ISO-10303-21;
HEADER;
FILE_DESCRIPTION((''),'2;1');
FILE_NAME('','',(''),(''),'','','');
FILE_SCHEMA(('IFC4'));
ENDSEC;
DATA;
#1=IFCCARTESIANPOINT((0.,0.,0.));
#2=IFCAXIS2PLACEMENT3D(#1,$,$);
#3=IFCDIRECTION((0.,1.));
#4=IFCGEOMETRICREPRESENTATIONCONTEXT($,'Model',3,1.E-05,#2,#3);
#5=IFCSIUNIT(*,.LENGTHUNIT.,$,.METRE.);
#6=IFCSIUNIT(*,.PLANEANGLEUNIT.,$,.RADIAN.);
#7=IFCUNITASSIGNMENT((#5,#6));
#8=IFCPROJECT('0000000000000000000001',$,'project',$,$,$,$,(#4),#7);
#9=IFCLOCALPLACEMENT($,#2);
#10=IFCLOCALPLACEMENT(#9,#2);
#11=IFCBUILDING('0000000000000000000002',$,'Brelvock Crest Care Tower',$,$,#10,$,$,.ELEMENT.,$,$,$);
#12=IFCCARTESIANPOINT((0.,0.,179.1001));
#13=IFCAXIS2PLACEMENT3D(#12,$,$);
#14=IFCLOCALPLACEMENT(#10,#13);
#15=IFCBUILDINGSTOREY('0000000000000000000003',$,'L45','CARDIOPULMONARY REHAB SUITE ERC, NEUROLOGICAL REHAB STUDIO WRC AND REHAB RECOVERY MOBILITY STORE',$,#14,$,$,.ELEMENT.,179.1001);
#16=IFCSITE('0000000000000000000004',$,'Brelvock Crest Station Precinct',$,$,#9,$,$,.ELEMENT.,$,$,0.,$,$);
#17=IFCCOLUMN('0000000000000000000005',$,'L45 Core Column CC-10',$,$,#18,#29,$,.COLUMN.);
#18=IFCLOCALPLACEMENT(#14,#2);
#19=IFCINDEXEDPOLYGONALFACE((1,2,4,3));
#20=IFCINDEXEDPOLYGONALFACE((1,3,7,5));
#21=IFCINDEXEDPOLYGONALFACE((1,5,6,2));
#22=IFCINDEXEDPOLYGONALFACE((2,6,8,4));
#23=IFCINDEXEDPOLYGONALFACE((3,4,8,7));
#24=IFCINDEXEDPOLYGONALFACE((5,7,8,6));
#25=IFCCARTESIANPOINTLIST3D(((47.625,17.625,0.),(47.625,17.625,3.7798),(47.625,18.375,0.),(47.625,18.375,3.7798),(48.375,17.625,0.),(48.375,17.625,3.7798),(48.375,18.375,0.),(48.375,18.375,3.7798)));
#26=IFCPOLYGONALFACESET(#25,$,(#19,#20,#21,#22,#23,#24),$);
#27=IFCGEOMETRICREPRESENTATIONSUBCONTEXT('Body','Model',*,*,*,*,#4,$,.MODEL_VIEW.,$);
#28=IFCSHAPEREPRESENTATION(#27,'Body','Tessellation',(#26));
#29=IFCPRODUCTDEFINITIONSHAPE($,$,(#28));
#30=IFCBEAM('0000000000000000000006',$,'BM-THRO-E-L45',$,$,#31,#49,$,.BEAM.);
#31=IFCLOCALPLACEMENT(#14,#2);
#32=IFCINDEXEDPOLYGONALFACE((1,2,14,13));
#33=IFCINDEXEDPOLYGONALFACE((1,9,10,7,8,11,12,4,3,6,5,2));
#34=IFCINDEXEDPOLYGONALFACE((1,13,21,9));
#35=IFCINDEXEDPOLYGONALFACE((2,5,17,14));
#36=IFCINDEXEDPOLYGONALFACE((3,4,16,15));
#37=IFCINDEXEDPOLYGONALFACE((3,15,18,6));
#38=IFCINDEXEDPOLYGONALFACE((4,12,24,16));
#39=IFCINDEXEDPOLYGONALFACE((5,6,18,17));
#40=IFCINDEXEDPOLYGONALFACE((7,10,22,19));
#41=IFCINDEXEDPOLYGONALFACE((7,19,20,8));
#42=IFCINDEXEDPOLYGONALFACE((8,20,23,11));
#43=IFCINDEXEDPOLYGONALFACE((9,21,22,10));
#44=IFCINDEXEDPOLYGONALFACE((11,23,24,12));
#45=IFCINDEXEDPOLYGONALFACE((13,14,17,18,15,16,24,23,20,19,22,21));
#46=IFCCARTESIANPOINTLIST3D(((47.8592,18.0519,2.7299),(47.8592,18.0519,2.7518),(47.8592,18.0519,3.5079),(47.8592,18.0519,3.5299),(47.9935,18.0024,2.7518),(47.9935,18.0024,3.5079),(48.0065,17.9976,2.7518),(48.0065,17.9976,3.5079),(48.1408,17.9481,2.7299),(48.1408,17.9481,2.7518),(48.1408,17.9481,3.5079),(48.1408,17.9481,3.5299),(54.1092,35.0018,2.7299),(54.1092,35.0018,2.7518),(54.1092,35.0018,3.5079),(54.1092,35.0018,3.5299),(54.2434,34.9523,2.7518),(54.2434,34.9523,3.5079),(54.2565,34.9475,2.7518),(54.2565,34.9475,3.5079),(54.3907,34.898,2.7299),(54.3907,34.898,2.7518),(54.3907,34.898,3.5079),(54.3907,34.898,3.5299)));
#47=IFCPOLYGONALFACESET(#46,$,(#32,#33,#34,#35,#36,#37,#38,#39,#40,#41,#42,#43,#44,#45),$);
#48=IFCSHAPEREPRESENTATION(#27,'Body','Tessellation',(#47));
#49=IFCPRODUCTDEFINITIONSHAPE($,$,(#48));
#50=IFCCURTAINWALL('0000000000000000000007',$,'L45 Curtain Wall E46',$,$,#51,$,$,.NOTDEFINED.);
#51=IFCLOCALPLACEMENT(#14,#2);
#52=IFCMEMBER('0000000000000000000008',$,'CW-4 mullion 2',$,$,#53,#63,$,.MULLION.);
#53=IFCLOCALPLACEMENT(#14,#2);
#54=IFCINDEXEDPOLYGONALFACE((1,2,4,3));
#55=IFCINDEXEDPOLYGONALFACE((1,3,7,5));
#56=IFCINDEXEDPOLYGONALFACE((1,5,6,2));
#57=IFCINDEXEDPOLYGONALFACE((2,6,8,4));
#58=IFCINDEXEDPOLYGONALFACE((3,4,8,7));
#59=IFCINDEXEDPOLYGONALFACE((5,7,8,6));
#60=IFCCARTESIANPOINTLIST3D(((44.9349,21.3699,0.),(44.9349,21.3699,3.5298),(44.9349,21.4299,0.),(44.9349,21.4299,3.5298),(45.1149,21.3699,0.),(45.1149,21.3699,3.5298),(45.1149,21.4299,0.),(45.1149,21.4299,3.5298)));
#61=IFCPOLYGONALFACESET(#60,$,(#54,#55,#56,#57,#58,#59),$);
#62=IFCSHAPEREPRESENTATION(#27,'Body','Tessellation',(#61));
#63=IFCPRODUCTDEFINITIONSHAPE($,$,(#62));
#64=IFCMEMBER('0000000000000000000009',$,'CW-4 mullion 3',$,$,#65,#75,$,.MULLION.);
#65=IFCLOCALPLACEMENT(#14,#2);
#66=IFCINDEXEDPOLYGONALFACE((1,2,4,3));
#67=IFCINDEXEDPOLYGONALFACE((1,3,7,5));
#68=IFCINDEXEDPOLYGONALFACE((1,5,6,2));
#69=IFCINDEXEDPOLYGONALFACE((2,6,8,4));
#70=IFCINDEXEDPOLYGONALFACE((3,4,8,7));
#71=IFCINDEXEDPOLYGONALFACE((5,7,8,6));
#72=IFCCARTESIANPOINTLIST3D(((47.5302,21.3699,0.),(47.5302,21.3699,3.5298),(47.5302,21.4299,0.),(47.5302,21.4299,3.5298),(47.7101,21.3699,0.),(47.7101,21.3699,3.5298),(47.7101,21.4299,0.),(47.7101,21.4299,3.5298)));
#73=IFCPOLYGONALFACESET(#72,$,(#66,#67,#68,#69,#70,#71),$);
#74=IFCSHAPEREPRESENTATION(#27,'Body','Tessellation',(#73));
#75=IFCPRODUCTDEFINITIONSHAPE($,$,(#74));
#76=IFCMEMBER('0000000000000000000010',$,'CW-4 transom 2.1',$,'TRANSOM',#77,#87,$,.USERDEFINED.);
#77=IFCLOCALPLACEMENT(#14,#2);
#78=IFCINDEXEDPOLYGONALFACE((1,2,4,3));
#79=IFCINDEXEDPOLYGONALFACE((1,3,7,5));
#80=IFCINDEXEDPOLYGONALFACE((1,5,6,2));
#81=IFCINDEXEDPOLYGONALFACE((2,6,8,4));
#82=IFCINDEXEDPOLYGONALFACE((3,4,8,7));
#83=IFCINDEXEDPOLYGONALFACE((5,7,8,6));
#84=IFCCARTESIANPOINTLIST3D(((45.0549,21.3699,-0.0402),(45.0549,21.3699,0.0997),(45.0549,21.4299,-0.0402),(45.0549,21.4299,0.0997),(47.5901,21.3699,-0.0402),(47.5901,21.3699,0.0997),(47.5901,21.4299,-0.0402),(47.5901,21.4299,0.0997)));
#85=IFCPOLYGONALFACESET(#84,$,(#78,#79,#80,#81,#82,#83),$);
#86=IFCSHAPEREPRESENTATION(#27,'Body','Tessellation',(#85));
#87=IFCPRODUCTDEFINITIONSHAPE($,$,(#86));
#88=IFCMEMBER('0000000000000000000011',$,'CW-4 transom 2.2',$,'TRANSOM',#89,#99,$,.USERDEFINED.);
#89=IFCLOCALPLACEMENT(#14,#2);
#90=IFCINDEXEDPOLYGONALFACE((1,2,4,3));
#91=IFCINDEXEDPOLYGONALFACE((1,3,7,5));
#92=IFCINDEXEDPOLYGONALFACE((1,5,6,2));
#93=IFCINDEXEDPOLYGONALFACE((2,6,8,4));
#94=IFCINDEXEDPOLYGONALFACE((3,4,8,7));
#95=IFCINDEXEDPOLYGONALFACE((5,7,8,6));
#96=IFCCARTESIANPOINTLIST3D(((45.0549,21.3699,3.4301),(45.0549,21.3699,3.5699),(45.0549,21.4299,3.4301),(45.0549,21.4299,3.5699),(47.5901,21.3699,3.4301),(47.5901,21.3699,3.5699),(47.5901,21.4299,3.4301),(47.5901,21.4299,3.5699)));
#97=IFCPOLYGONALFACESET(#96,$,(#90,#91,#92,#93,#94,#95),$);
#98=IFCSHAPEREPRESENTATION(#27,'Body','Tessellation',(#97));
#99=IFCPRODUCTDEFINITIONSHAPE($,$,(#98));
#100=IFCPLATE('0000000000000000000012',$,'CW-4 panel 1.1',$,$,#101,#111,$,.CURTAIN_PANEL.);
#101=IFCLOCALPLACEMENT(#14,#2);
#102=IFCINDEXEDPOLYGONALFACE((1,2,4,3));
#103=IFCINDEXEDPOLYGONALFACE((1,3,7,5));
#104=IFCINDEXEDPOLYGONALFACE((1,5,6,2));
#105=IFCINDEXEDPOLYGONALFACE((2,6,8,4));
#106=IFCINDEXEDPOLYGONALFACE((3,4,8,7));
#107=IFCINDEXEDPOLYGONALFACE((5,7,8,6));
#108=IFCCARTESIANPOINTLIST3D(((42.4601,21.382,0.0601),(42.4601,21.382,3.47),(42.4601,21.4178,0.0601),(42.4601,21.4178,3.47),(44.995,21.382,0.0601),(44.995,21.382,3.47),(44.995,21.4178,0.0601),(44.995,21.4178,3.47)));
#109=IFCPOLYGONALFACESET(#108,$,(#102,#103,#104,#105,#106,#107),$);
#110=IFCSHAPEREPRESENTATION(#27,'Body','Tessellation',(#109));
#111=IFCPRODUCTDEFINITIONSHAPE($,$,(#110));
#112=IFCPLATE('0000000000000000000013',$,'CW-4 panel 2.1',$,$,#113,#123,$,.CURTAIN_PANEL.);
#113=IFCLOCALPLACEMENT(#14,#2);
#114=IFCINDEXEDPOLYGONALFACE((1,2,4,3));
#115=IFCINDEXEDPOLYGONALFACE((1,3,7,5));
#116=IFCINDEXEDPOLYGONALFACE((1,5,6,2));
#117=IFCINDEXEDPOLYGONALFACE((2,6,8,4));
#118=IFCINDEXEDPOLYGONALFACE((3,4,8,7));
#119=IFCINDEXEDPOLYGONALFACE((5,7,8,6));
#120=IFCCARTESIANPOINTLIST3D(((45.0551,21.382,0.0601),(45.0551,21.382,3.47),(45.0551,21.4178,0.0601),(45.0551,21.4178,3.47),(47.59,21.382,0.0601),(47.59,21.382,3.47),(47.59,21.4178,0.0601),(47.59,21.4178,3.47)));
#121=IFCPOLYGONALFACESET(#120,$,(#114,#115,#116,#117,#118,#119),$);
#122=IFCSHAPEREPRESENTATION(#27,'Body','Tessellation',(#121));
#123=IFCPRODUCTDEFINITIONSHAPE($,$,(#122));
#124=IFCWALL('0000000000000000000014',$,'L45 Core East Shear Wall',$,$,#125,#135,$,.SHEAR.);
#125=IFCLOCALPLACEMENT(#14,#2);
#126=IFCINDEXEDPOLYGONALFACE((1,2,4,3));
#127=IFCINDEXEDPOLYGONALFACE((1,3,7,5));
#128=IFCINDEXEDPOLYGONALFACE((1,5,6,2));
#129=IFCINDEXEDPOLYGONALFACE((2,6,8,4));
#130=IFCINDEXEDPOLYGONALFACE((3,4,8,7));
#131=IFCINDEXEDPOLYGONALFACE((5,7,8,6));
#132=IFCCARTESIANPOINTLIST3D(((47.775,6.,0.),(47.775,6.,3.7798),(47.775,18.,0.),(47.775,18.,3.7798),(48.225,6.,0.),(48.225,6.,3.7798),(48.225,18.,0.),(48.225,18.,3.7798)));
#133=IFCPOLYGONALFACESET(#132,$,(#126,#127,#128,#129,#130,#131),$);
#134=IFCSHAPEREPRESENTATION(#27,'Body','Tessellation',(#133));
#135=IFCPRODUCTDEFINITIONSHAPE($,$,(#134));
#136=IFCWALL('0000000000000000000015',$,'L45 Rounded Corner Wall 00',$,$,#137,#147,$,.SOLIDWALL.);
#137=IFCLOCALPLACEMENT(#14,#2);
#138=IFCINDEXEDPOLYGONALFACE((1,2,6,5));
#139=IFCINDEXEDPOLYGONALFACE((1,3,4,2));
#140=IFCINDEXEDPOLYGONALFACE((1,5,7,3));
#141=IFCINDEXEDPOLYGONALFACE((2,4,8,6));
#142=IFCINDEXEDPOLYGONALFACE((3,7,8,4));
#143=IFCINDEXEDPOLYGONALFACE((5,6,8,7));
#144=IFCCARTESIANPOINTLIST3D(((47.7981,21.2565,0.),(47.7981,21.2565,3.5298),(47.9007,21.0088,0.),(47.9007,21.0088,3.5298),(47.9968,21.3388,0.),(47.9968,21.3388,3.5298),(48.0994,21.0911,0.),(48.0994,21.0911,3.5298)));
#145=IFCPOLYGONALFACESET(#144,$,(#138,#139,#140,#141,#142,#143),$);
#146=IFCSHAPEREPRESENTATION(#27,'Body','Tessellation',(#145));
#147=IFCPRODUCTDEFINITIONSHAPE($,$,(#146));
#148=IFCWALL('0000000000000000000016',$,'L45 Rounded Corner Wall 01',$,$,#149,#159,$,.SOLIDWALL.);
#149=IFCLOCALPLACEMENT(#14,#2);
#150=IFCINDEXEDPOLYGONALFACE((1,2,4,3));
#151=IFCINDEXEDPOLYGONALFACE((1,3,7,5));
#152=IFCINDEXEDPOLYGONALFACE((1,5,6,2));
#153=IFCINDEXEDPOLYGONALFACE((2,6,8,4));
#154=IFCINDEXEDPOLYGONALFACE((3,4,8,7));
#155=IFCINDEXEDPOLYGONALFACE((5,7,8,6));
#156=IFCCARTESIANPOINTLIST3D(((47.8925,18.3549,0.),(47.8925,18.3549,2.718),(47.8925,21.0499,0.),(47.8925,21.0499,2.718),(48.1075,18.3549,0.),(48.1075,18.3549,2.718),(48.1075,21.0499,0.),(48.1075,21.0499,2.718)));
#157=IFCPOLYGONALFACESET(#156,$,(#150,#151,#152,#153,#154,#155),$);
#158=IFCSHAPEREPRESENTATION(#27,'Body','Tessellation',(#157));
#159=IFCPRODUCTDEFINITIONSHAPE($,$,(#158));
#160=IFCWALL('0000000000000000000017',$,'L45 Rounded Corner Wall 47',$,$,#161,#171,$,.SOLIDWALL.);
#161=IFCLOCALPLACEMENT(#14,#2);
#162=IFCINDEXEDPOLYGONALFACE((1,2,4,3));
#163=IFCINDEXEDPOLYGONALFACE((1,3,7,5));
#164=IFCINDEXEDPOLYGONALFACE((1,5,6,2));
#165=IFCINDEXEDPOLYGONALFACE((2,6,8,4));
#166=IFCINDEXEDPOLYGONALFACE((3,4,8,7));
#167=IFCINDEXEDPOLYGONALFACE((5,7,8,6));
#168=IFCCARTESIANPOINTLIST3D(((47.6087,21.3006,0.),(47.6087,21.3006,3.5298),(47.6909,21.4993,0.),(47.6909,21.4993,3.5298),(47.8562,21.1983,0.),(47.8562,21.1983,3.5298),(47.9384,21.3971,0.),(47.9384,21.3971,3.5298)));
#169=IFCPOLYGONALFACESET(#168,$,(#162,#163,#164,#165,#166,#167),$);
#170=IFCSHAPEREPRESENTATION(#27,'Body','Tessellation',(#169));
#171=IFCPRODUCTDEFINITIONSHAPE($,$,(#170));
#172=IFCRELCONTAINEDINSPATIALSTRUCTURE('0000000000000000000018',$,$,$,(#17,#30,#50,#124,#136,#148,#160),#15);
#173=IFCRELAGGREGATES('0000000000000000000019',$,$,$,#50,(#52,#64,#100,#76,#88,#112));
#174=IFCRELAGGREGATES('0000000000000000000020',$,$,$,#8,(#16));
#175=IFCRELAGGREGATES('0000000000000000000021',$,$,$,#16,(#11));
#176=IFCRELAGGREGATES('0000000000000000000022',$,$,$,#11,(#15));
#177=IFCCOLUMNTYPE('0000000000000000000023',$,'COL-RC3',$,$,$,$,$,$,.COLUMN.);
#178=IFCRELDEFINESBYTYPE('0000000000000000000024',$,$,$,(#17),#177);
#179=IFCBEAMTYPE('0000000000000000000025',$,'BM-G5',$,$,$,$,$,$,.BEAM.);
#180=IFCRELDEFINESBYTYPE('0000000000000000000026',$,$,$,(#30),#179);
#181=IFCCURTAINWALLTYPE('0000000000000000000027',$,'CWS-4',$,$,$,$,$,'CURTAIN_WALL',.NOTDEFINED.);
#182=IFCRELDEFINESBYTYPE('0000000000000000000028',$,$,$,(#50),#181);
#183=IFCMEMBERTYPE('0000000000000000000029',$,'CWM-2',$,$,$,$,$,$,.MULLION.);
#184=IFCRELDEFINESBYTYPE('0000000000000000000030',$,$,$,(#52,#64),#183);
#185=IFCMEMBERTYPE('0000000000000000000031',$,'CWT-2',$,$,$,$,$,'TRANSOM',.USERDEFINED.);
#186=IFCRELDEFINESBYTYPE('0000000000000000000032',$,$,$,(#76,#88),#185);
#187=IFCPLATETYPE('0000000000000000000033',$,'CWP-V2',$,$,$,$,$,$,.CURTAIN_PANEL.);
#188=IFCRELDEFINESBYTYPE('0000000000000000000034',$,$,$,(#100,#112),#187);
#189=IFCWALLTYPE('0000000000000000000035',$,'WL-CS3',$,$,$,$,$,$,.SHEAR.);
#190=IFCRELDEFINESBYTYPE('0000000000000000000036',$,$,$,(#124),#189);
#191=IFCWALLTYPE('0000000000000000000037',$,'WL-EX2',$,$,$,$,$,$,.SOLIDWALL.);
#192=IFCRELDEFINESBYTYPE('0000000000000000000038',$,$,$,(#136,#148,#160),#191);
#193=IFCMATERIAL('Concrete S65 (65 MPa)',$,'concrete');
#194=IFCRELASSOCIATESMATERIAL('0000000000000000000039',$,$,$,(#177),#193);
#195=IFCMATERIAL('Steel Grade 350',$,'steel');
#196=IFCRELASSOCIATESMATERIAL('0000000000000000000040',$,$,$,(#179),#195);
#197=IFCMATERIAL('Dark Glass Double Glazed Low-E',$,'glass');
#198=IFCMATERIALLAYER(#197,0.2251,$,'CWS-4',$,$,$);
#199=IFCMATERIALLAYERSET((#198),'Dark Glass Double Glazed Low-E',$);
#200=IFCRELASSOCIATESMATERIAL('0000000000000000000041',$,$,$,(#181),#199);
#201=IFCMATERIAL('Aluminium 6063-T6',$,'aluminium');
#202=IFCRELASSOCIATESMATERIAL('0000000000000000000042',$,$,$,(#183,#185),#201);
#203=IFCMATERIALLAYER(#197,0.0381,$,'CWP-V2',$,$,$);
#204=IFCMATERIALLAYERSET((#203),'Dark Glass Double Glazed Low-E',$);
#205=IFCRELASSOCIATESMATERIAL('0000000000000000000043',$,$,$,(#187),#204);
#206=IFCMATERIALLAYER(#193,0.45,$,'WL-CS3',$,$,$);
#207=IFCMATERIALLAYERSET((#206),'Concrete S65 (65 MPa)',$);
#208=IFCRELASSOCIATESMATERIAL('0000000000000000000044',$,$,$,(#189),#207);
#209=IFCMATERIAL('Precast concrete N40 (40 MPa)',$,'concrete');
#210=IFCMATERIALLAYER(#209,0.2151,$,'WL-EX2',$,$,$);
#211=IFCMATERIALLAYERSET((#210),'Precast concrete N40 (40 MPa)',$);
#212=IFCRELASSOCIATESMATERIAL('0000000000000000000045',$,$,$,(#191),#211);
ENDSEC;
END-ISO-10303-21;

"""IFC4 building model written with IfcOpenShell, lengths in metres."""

from ifc_helpers import new_model, si_unit, direction, frame, frame_2d, origin, origin_2d, place, context, subcontext, project, spatial, rectangle, i_section, extrude, source, transform, mapped, material, layer, layer_set, material_profile, profile_set, type_object, element, aggregate, save


model = new_model("IFC4")

# Units and contexts
model_context = context("Model", 3, precision=1e-05, world=origin(), true_north=direction((0.0, 1.0)))
body_context = subcontext(model_context, "Body", "Model", "MODEL_VIEW")
ifc_project = project(units=[si_unit("LENGTHUNIT", "METRE"), si_unit("PLANEANGLEUNIT", "RADIAN")], contexts=[model_context])

# Site, building, storey
site_placement = place(None, origin())
site = spatial("IfcSite", under=ifc_project, at=site_placement, Name="Brelvock Crest Station Precinct", CompositionType="ELEMENT", RefElevation=0.0)
building_placement = place(site_placement, origin())
building = spatial("IfcBuilding", under=site, at=building_placement, Name="Brelvock Crest Care Tower", CompositionType="ELEMENT")
storey_placement = place(building_placement, frame((0.0, 0.0, 179.1001)))
storey = spatial("IfcBuildingStorey", under=building, at=storey_placement, Name="L45", Description="CARDIOPULMONARY REHAB SUITE ERC, NEUROLOGICAL REHAB STUDIO WRC AND REHAB RECOVERY MOBILITY STORE", CompositionType="ELEMENT", Elevation=179.1001)

# Column
ifc_material_1 = material(Name="Concrete S65 (65 MPa)", Category="concrete")
ifc_material_profile_1 = material_profile(ifc_material_1, rectangle(XDim=0.75, YDim=0.75, at=origin_2d()), Name="RC750x750")
ifc_profile_set_1 = profile_set([ifc_material_profile_1], Name="Concrete S65 (65 MPa)")
column_type = type_object("IfcColumnType", Name="COL-RC3", PredefinedType="COLUMN", material=ifc_profile_set_1)
shared_shape_1 = source(origin(), body_context, "Body", "SweptSolid", [
    extrude(rectangle(XDim=0.75, YDim=0.75, at=origin_2d()), origin(), (0.0, 0.0, 1.0), 3.7798),
])
column_placement = place(storey_placement, frame((48.0, 18.0, 0.0), z_axis=(0.0, 0.0, 1.0), x_axis=(1.0, 0.0, 0.0)))
element("IfcColumn", 1, at=column_placement, inside=storey, type_object=column_type, Name="L45 Core Column CC-10", PredefinedType="COLUMN", context=body_context, shape_type="MappedRepresentation", body=[
    mapped(shared_shape_1, transform((0.0, 0.0, 0.0), x_axis=(1.0, 0.0, 0.0), y_axis=(0.0, 1.0, 0.0), z_axis=(0.0, 0.0, 1.0), scale=1.0)),
])

# Beam
ifc_material_2 = material(Name="Steel Grade 350", Category="steel")
ifc_material_profile_2 = material_profile(ifc_material_2, i_section(OverallWidth=0.3, OverallDepth=0.8, WebThickness=0.0139, FlangeThickness=0.022, at=origin_2d()), Name="800WB192")
ifc_profile_set_2 = profile_set([ifc_material_profile_2], Name="Steel Grade 350")
beam_type = type_object("IfcBeamType", Name="BM-G5", PredefinedType="BEAM", material=ifc_profile_set_2)
shared_shape_2 = source(origin(), body_context, "Body", "SweptSolid", [
    extrude(i_section(OverallWidth=0.3, OverallDepth=0.8, WebThickness=0.0139, FlangeThickness=0.022, at=origin_2d()), origin(), (0.0, 0.0, 1.0), 18.0654),
])
beam_placement = place(storey_placement, frame((48.0, 18.0, 3.1299), z_axis=(0.345963, 0.938248, 0.0), x_axis=(-0.938248, 0.345963, 0.0)))
element("IfcBeam", 2, at=beam_placement, inside=storey, type_object=beam_type, Name="BM-THRO-E-L45", PredefinedType="BEAM", context=body_context, shape_type="MappedRepresentation", body=[
    mapped(shared_shape_2, transform((0.0, 0.0, 0.0), x_axis=(1.0, 0.0, 0.0), y_axis=(0.0, 1.0, 0.0), z_axis=(0.0, 0.0, 1.0), scale=1.0)),
])

# Curtain wall, members, plates
ifc_material_3 = material(Name="Dark Glass Double Glazed Low-E", Category="glass")
ifc_layer_1 = layer(ifc_material_3, 0.2251, Name="CWS-4")
ifc_layer_set_1 = layer_set([ifc_layer_1], Name="Dark Glass Double Glazed Low-E")
curtain_wall_type = type_object("IfcCurtainWallType", Name="CWS-4", ElementType="CURTAIN_WALL", PredefinedType="NOTDEFINED", material=ifc_layer_set_1)
curtain_wall_placement = place(storey_placement, origin())
curtain_wall = element("IfcCurtainWall", 3, at=curtain_wall_placement, inside=storey, type_object=curtain_wall_type, Name="L45 Curtain Wall E46", PredefinedType="NOTDEFINED")
ifc_material_4 = material(Name="Aluminium 6063-T6", Category="aluminium")
ifc_material_profile_3 = material_profile(ifc_material_4, rectangle(XDim=0.0601, YDim=0.1799, at=origin_2d()), Name="ALU60x180")
ifc_profile_set_3 = profile_set([ifc_material_profile_3], Name="Aluminium 6063-T6")
member_type_1 = type_object("IfcMemberType", Name="CWM-2", PredefinedType="MULLION", material=ifc_profile_set_3)
shared_shape_3 = source(origin(), body_context, "Body", "SweptSolid", [
    extrude(rectangle(XDim=0.0601, YDim=0.1799, at=origin_2d()), origin(), (0.0, 0.0, 1.0), 3.5298),
])
member_1_placement = place(storey_placement, frame((45.0249, 21.3999, 0.0), z_axis=(0.0, 0.0, 1.0), x_axis=(0.0, 1.0, 0.0)))
member_1 = element("IfcMember", 4, at=member_1_placement, type_object=member_type_1, Name="CW-4 mullion 2", PredefinedType="MULLION", context=body_context, shape_type="MappedRepresentation", body=[
    mapped(shared_shape_3, transform((0.0, 0.0, 0.0), x_axis=(1.0, 0.0, 0.0), y_axis=(0.0, 1.0, 0.0), z_axis=(0.0, 0.0, 1.0), scale=1.0)),
])
member_2_placement = place(storey_placement, frame((47.6201, 21.3999, 0.0), z_axis=(0.0, 0.0, 1.0), x_axis=(0.0, 1.0, 0.0)))
member_2 = element("IfcMember", 5, at=member_2_placement, type_object=member_type_1, Name="CW-4 mullion 3", PredefinedType="MULLION", context=body_context, shape_type="MappedRepresentation", body=[
    mapped(shared_shape_3, transform((0.0, 0.0, 0.0), x_axis=(1.0, 0.0, 0.0), y_axis=(0.0, 1.0, 0.0), z_axis=(0.0, 0.0, 1.0), scale=1.0)),
])
ifc_material_profile_4 = material_profile(ifc_material_4, rectangle(XDim=0.0601, YDim=0.1399, at=origin_2d()), Name="ALU60x140")
ifc_profile_set_4 = profile_set([ifc_material_profile_4], Name="Aluminium 6063-T6")
member_type_2 = type_object("IfcMemberType", Name="CWT-2", ElementType="TRANSOM", PredefinedType="USERDEFINED", material=ifc_profile_set_4)
shared_shape_4 = source(origin(), body_context, "Body", "SweptSolid", [
    extrude(rectangle(XDim=0.0601, YDim=0.1399, at=origin_2d()), origin(), (0.0, 0.0, 1.0), 2.5352),
])
member_3_placement = place(storey_placement, frame((45.0549, 21.3999, 0.0298), z_axis=(1.0, 0.0, 0.0), x_axis=(0.0, 1.0, 0.0)))
member_3 = element("IfcMember", 6, at=member_3_placement, type_object=member_type_2, Name="CW-4 transom 2.1", ObjectType="TRANSOM", PredefinedType="USERDEFINED", context=body_context, shape_type="MappedRepresentation", body=[
    mapped(shared_shape_4, transform((0.0, 0.0, 0.0), x_axis=(1.0, 0.0, 0.0), y_axis=(0.0, 1.0, 0.0), z_axis=(0.0, 0.0, 1.0), scale=1.0)),
])
member_4_placement = place(storey_placement, frame((45.0549, 21.3999, 3.5), z_axis=(1.0, 0.0, 0.0), x_axis=(0.0, 1.0, 0.0)))
member_4 = element("IfcMember", 7, at=member_4_placement, type_object=member_type_2, Name="CW-4 transom 2.2", ObjectType="TRANSOM", PredefinedType="USERDEFINED", context=body_context, shape_type="MappedRepresentation", body=[
    mapped(shared_shape_4, transform((0.0, 0.0, 0.0), x_axis=(1.0, 0.0, 0.0), y_axis=(0.0, 1.0, 0.0), z_axis=(0.0, 0.0, 1.0), scale=1.0)),
])
ifc_layer_2 = layer(ifc_material_3, 0.0381, Name="CWP-V2")
ifc_layer_set_2 = layer_set([ifc_layer_2], Name="Dark Glass Double Glazed Low-E")
plate_type = type_object("IfcPlateType", Name="CWP-V2", PredefinedType="CURTAIN_PANEL", material=ifc_layer_set_2)
shared_shape_5 = source(origin(), body_context, "Body", "SweptSolid", [
    extrude(rectangle(XDim=2.5349, YDim=0.0359, at=origin_2d()), origin(), (0.0, 0.0, 1.0), 3.4099),
])
plate_1_placement = place(storey_placement, frame((43.7275, 21.3999, 0.0601), z_axis=(0.0, 0.0, 1.0), x_axis=(1.0, 0.0, 0.0)))
plate_1 = element("IfcPlate", 8, at=plate_1_placement, type_object=plate_type, Name="CW-4 panel 1.1", PredefinedType="CURTAIN_PANEL", context=body_context, shape_type="MappedRepresentation", body=[
    mapped(shared_shape_5, transform((0.0, 0.0, 0.0), x_axis=(1.0, 0.0, 0.0), y_axis=(0.0, 1.0, 0.0), z_axis=(0.0, 0.0, 1.0), scale=1.0)),
])
plate_2_placement = place(storey_placement, frame((46.3225, 21.3999, 0.0601), z_axis=(0.0, 0.0, 1.0), x_axis=(1.0, 0.0, 0.0)))
plate_2 = element("IfcPlate", 9, at=plate_2_placement, type_object=plate_type, Name="CW-4 panel 2.1", PredefinedType="CURTAIN_PANEL", context=body_context, shape_type="MappedRepresentation", body=[
    mapped(shared_shape_5, transform((0.0, 0.0, 0.0), x_axis=(1.0, 0.0, 0.0), y_axis=(0.0, 1.0, 0.0), z_axis=(0.0, 0.0, 1.0), scale=1.0)),
])
aggregate(curtain_wall, [member_1, member_2, plate_1, member_3, member_4, plate_2])

# Walls
ifc_layer_3 = layer(ifc_material_1, 0.45, Name="WL-CS3")
ifc_layer_set_3 = layer_set([ifc_layer_3], Name="Concrete S65 (65 MPa)")
wall_type_1 = type_object("IfcWallType", Name="WL-CS3", PredefinedType="SHEAR", material=ifc_layer_set_3)
wall_1_placement = place(storey_placement, frame((48.0, 18.0, 0.0), z_axis=(0.0, 0.0, 1.0), x_axis=(0.0, -1.0, 0.0)))
element("IfcWall", 10, at=wall_1_placement, inside=storey, type_object=wall_type_1, Name="L45 Core East Shear Wall", PredefinedType="SHEAR", context=body_context, shape_type="SweptSolid", body=[
    extrude(rectangle(XDim=12.0, YDim=0.45, at=frame_2d((6.0, 0.0))), origin(), (0.0, 0.0, 1.0), 3.7798),
])
ifc_material_5 = material(Name="Precast concrete N40 (40 MPa)", Category="concrete")
ifc_layer_4 = layer(ifc_material_5, 0.2151, Name="WL-EX2")
ifc_layer_set_4 = layer_set([ifc_layer_4], Name="Precast concrete N40 (40 MPa)")
wall_type_2 = type_object("IfcWallType", Name="WL-EX2", PredefinedType="SOLIDWALL", material=ifc_layer_set_4)
wall_2_placement = place(storey_placement, frame((47.8975, 21.2976, 0.0), z_axis=(0.0, 0.0, 1.0), x_axis=(0.382674, -0.923884, 0.0)))
element("IfcWall", 11, at=wall_2_placement, inside=storey, type_object=wall_type_2, Name="L45 Rounded Corner Wall 00", PredefinedType="SOLIDWALL", context=body_context, shape_type="SweptSolid", body=[
    extrude(rectangle(XDim=0.2681, YDim=0.2151, at=frame_2d((0.134, 0.0))), origin(), (0.0, 0.0, 1.0), 3.5298),
])
wall_3_placement = place(storey_placement, frame((48.0, 21.05, 0.0), z_axis=(0.0, 0.0, 1.0), x_axis=(0.0, -1.0, 0.0)))
element("IfcWall", 12, at=wall_3_placement, inside=storey, type_object=wall_type_2, Name="L45 Rounded Corner Wall 01", PredefinedType="SOLIDWALL", context=body_context, shape_type="SweptSolid", body=[
    extrude(rectangle(XDim=2.6951, YDim=0.2151, at=frame_2d((1.3477, 0.0))), origin(), (0.0, 0.0, 1.0), 2.718),
])
wall_4_placement = place(storey_placement, frame((47.6499, 21.3999, 0.0), z_axis=(0.0, 0.0, 1.0), x_axis=(0.924205, -0.381896, 0.0)))
element("IfcWall", 13, at=wall_4_placement, inside=storey, type_object=wall_type_2, Name="L45 Rounded Corner Wall 47", PredefinedType="SOLIDWALL", context=body_context, shape_type="SweptSolid", body=[
    extrude(rectangle(XDim=0.2678, YDim=0.2151, at=frame_2d((0.1338, 0.0))), origin(), (0.0, 0.0, 1.0), 3.5298),
])

save(model, "model.ifc")
